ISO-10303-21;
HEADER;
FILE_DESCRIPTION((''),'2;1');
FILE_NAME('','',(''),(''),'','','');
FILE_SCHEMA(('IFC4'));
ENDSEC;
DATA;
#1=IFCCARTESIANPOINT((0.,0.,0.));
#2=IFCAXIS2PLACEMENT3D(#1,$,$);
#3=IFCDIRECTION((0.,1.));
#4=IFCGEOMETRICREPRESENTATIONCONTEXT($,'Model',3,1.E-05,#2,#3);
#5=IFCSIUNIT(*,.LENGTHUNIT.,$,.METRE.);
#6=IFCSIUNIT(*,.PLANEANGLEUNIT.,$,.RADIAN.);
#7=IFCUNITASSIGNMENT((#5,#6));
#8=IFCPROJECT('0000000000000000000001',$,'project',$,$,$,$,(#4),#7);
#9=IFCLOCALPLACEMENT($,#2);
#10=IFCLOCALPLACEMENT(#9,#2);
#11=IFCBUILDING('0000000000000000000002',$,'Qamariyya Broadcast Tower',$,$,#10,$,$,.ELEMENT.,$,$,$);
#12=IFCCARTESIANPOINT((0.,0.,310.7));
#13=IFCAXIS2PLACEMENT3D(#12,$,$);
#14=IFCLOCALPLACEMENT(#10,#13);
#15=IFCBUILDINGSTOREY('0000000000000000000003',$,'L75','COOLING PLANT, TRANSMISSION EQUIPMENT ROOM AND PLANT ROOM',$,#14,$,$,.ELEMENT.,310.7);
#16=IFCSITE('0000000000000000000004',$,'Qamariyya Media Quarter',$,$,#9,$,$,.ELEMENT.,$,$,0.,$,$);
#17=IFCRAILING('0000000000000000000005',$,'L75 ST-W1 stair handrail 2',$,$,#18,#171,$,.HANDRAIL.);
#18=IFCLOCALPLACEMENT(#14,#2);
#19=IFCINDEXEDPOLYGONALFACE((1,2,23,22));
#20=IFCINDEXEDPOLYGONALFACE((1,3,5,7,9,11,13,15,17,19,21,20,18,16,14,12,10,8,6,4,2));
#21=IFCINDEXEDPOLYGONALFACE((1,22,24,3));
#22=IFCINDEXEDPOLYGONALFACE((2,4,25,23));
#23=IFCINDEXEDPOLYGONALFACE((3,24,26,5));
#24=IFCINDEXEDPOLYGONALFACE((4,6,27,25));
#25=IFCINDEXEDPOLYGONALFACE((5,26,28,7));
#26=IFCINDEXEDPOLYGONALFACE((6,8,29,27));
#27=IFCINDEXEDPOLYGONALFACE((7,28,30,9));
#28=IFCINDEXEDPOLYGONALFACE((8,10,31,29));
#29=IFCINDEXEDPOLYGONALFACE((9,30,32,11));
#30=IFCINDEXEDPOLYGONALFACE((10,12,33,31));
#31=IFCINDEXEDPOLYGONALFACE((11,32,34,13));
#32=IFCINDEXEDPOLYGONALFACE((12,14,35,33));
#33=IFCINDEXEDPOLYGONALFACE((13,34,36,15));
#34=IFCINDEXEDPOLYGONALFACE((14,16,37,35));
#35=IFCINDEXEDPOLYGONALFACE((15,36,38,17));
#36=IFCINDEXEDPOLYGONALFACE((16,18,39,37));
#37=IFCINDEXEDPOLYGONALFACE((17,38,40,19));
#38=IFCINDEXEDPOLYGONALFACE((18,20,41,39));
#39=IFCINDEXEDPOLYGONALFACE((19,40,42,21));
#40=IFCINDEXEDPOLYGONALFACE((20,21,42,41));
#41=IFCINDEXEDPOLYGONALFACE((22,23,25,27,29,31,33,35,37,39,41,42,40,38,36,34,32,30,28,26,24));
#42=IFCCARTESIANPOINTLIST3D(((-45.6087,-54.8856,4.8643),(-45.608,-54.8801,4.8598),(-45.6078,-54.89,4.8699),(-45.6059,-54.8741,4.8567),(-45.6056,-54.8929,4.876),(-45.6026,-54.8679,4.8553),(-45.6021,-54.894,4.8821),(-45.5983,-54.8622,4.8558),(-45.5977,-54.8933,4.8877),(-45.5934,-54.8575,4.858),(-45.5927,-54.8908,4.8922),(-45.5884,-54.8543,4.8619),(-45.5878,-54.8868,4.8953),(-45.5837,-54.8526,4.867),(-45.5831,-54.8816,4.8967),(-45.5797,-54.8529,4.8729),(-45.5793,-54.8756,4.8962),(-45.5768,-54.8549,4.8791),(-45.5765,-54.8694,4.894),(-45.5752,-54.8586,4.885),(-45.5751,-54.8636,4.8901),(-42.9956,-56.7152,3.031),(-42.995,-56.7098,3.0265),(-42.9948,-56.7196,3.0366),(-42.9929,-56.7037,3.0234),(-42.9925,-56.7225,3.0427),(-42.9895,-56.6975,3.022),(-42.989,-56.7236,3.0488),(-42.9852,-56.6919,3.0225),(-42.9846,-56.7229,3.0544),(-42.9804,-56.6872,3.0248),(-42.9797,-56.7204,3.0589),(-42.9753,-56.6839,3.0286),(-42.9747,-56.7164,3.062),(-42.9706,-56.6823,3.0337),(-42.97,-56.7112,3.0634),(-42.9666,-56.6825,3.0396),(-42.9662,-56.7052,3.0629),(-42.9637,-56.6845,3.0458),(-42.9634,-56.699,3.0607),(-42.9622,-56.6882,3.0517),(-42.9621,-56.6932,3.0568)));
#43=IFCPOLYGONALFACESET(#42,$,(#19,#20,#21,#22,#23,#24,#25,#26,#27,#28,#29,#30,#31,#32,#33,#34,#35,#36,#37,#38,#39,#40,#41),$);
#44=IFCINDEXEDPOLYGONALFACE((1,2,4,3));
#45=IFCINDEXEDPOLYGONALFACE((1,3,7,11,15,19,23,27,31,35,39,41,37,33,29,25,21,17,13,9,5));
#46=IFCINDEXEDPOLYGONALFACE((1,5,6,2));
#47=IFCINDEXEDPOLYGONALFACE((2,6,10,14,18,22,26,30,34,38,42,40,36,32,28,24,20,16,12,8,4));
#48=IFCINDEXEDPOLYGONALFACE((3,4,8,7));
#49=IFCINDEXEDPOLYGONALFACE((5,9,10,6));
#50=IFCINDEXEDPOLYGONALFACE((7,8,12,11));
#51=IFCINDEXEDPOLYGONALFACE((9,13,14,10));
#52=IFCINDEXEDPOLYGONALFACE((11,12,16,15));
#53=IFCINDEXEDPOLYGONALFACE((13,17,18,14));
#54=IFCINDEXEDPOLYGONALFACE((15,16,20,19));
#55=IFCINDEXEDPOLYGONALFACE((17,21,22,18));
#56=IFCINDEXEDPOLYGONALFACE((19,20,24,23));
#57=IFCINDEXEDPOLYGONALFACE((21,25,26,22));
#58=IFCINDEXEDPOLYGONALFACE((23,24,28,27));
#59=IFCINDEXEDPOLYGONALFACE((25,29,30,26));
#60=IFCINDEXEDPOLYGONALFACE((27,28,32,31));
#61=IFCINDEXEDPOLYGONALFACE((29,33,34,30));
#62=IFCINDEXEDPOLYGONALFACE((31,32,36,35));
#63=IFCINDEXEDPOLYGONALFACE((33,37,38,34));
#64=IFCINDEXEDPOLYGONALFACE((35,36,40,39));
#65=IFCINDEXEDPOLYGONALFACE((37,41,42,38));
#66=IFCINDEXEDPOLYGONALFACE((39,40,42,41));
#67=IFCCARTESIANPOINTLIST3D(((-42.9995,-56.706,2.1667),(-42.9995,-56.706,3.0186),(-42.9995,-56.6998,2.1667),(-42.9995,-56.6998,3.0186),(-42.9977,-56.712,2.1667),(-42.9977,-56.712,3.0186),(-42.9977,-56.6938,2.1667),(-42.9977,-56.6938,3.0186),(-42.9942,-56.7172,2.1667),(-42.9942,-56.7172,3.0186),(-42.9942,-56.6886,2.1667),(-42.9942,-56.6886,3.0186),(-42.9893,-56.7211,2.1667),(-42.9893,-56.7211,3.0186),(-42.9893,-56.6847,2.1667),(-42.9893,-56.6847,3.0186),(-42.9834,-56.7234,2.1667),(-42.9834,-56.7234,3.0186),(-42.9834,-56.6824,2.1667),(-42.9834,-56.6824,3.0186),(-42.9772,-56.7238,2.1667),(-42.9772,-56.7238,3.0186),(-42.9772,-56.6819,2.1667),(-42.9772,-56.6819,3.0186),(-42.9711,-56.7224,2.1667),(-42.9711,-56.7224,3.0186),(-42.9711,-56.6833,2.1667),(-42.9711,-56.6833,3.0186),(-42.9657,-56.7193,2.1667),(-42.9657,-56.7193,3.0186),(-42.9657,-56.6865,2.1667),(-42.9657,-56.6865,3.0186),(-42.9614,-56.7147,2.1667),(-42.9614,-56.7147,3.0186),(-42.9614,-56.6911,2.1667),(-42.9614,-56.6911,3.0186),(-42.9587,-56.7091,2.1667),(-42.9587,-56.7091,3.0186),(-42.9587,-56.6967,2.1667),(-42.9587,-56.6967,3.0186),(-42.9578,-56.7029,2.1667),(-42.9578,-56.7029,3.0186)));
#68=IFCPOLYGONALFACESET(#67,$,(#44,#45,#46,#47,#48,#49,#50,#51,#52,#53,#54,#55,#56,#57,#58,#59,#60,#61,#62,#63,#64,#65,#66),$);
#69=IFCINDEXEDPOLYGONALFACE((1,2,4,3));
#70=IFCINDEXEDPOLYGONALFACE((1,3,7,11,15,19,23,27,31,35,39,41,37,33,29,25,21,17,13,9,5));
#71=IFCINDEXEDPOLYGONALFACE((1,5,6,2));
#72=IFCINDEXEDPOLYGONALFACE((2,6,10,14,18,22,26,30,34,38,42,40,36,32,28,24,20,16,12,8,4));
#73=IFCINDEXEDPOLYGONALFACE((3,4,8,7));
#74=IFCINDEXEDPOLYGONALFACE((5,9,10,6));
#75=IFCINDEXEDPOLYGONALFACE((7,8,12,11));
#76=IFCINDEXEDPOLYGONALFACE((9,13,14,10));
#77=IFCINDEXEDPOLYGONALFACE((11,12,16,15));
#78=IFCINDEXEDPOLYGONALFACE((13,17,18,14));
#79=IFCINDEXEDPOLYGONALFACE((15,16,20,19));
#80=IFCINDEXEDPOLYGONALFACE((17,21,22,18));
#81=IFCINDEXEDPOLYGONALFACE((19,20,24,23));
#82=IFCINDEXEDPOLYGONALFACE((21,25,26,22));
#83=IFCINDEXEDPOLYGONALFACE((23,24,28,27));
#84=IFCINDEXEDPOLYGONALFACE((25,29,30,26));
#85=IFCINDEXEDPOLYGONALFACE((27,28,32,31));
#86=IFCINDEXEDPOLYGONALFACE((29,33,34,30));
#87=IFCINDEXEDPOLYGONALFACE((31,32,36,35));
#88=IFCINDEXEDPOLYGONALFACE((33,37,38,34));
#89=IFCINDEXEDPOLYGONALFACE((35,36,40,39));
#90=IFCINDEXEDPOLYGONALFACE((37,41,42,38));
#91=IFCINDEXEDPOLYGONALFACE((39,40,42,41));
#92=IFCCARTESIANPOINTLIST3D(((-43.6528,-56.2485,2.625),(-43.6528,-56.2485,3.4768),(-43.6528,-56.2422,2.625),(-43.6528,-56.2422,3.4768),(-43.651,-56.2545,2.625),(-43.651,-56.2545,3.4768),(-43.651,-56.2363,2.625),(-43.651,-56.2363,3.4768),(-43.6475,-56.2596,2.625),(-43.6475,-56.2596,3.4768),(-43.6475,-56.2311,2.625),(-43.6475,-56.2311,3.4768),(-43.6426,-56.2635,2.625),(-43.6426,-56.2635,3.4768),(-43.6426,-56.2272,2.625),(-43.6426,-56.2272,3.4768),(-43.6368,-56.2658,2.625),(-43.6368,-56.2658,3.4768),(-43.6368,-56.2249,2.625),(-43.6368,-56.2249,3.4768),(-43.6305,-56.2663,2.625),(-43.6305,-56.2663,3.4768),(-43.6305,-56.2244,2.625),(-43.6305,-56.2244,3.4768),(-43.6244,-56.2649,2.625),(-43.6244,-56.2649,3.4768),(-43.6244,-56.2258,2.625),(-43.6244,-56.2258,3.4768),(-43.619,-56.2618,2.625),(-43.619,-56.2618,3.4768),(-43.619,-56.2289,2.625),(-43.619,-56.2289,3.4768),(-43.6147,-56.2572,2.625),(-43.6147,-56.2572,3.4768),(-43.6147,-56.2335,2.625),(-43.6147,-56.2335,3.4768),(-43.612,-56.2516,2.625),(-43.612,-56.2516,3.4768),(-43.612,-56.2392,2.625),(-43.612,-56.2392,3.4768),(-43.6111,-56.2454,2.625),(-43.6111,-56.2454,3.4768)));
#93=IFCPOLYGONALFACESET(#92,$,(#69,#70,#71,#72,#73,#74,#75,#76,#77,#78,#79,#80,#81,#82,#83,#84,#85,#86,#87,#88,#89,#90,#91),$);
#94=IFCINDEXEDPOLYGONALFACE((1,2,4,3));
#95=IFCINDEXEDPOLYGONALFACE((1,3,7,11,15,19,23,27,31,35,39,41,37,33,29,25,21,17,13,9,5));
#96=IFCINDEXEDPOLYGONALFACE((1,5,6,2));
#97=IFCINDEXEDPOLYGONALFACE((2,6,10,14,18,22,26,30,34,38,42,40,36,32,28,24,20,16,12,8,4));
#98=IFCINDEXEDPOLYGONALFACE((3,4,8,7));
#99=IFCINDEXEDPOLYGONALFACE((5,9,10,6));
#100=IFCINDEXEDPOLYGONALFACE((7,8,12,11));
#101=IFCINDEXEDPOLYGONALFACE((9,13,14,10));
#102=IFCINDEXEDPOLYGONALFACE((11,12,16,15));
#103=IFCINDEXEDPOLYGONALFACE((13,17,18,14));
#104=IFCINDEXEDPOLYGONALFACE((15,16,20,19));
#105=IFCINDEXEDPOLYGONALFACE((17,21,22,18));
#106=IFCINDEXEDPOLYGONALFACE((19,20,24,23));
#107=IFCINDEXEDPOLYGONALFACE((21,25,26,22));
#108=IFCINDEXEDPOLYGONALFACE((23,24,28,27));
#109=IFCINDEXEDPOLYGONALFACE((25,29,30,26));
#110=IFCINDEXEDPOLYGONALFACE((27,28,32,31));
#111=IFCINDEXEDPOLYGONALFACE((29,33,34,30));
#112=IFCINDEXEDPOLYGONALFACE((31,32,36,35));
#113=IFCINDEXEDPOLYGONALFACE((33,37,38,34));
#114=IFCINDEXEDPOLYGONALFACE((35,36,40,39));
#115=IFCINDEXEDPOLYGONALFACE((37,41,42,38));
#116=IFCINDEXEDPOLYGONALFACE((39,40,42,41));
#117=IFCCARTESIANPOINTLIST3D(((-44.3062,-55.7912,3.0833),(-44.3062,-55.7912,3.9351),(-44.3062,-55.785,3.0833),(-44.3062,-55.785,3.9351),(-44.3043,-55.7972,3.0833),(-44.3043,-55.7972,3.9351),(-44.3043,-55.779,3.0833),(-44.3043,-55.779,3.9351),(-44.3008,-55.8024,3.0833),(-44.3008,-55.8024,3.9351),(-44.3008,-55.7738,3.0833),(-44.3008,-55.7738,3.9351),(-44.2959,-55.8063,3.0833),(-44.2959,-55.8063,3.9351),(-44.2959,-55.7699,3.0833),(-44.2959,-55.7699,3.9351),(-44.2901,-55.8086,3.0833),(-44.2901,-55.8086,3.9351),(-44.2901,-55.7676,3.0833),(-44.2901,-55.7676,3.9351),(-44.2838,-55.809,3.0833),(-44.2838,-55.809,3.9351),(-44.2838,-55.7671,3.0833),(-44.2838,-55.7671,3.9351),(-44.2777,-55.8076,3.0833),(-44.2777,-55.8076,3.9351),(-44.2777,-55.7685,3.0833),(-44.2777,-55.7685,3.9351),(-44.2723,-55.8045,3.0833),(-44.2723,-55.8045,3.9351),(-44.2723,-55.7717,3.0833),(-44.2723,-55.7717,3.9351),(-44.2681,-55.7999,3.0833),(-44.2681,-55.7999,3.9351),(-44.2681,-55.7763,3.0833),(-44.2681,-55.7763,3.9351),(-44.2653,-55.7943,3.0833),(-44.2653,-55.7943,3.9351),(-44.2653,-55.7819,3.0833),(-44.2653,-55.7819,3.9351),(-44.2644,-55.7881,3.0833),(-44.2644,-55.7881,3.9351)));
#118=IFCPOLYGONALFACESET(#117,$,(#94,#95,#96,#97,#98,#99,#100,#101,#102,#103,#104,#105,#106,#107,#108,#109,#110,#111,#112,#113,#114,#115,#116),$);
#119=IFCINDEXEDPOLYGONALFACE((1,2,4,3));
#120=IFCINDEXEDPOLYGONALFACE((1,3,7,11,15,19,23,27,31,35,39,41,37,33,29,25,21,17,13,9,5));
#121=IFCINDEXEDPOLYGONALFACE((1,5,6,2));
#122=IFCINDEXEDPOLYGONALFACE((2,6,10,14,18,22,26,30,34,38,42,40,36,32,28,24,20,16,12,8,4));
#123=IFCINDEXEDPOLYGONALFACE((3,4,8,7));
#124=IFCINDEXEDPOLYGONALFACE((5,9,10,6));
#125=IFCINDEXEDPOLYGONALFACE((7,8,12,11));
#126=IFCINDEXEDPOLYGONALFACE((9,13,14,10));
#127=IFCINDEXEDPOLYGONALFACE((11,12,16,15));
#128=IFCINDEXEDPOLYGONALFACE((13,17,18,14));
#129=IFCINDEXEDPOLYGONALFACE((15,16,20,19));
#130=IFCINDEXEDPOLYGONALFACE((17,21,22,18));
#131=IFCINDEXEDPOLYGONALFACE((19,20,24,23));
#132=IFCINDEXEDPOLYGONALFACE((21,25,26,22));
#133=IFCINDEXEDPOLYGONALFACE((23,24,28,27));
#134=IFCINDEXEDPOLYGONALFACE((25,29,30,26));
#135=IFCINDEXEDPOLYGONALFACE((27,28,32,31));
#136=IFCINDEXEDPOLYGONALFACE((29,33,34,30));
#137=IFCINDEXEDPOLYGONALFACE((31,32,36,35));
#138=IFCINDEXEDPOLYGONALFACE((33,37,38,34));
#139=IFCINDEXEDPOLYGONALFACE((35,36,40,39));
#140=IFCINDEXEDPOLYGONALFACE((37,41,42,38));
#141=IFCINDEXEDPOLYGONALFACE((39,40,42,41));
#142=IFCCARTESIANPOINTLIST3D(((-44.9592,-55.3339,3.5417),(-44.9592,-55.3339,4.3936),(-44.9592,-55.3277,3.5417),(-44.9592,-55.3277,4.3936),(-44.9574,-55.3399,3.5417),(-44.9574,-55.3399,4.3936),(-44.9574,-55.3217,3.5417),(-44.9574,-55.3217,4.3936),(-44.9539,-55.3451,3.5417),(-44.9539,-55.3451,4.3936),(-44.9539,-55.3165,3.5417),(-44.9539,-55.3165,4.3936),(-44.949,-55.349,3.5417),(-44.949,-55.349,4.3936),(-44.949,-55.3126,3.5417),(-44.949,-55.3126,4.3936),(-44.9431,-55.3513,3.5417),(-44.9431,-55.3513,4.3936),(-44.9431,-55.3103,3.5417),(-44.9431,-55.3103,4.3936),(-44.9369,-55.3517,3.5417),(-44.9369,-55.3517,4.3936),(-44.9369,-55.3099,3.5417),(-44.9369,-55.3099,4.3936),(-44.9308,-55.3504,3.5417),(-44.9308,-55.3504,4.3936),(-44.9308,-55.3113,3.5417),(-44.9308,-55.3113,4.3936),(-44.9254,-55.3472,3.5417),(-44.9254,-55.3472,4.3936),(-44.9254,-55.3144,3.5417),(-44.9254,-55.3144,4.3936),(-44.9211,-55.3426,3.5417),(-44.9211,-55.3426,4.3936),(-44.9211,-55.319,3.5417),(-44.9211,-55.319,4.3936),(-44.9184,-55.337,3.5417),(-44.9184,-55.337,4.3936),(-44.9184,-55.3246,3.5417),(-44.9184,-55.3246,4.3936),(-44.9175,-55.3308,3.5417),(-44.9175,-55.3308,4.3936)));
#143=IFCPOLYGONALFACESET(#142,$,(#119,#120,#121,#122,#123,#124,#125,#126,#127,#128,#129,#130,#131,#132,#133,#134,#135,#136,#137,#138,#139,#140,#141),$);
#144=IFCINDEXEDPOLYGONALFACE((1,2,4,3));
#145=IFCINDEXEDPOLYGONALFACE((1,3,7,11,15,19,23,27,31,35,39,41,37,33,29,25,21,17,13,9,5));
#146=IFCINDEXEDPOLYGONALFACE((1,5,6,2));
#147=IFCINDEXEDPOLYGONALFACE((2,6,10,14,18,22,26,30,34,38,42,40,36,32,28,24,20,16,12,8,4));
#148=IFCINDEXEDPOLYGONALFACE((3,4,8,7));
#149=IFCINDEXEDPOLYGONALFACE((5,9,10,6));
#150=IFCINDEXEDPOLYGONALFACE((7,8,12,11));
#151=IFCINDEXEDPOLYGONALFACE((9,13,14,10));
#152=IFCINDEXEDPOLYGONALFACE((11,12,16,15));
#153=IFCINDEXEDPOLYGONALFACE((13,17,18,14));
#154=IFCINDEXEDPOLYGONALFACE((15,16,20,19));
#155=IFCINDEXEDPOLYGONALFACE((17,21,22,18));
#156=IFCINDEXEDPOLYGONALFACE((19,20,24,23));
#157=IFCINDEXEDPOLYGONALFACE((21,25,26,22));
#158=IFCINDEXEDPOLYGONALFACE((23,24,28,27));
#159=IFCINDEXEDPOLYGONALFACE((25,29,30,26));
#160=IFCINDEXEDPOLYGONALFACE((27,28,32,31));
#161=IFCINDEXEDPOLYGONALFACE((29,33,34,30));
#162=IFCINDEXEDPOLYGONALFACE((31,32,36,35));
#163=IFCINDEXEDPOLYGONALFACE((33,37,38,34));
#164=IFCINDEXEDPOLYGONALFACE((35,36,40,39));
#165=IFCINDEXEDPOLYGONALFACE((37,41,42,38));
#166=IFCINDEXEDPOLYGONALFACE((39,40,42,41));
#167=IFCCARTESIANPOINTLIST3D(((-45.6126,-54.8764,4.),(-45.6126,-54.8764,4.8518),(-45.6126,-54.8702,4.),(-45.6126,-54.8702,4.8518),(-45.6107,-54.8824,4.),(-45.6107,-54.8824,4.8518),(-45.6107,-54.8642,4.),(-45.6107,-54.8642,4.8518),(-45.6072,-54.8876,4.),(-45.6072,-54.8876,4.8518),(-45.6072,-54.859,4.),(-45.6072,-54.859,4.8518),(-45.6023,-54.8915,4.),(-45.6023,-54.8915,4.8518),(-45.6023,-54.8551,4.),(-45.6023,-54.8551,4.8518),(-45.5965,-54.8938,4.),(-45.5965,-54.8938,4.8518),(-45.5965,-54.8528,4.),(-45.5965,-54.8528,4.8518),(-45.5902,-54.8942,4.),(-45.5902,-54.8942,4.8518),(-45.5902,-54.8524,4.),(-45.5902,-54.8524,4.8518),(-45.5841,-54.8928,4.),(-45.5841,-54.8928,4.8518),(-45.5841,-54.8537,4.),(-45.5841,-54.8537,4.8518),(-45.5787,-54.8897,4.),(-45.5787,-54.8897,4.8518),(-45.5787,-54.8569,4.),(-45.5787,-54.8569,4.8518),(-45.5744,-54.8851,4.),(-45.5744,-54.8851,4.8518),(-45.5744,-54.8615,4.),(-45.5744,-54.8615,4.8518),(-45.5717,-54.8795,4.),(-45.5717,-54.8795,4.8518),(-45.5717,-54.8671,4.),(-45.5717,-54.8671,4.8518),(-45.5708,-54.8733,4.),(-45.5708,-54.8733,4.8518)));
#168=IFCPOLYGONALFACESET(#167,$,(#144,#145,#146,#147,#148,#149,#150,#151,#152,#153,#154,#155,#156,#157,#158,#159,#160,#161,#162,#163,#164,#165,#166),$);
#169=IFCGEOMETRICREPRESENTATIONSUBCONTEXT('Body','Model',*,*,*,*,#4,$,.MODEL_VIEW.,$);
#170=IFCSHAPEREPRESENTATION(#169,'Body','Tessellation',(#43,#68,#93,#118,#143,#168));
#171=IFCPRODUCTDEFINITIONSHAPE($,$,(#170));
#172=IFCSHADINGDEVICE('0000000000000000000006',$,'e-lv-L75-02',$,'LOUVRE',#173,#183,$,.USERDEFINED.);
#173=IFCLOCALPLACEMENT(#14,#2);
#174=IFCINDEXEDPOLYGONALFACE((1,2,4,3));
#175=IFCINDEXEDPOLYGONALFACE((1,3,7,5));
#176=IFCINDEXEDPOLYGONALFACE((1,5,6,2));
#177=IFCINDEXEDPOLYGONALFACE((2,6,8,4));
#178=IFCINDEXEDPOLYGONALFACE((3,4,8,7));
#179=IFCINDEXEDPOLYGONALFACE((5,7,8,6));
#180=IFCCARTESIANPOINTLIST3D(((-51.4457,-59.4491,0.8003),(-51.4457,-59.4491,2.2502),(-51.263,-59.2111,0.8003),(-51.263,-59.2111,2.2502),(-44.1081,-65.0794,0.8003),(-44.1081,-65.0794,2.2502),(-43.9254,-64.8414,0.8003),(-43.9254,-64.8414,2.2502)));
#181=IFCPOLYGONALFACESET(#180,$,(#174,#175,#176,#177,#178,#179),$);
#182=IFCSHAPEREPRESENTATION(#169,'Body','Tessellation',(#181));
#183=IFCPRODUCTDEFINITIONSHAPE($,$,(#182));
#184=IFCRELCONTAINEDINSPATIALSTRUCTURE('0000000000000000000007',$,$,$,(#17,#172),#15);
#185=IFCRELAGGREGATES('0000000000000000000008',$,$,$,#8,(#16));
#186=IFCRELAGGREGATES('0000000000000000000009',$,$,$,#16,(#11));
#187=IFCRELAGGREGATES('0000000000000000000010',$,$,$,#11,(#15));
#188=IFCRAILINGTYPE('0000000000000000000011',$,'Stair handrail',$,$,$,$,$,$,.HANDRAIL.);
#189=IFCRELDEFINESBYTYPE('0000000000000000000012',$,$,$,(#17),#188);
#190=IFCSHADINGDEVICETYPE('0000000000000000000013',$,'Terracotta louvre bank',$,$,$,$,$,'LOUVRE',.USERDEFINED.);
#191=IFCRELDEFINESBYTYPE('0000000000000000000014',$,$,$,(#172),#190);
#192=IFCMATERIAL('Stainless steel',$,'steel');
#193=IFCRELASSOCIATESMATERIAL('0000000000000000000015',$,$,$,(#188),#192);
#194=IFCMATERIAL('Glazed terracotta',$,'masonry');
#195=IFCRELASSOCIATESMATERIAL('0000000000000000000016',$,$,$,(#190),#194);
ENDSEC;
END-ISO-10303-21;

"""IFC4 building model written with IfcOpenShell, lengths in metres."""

from ifc_helpers import new_model, si_unit, direction, frame, origin, origin_2d, place, context, subcontext, project, spatial, rectangle, circle, extrude, material, type_object, element, save


model = new_model("IFC4")

# Units and contexts
model_context = context("Model", 3, precision=1e-05, world=origin(), true_north=direction((0.0, 1.0)))
body_context = subcontext(model_context, "Body", "Model", "MODEL_VIEW")
ifc_project = project(units=[si_unit("LENGTHUNIT", "METRE"), si_unit("PLANEANGLEUNIT", "RADIAN")], contexts=[model_context])

# Site, building, storey
site_placement = place(None, origin())
site = spatial("IfcSite", under=ifc_project, at=site_placement, Name="Qamariyya Media Quarter", CompositionType="ELEMENT", RefElevation=0.0)
building_placement = place(site_placement, origin())
building = spatial("IfcBuilding", under=site, at=building_placement, Name="Qamariyya Broadcast Tower", CompositionType="ELEMENT")
storey_placement = place(building_placement, frame((0.0, 0.0, 310.7)))
storey = spatial("IfcBuildingStorey", under=building, at=storey_placement, Name="L75", Description="COOLING PLANT, TRANSMISSION EQUIPMENT ROOM AND PLANT ROOM", CompositionType="ELEMENT", Elevation=310.7)

# Railing
ifc_material_1 = material(Name="Stainless steel", Category="steel")
railing_type_1 = type_object("IfcRailingType", Name="Stair handrail", PredefinedType="HANDRAIL", material=ifc_material_1)
railing_1_placement = place(storey_placement, frame((-42.9788, -56.7029, 2.1667)))
element("IfcRailing", 1, at=railing_1_placement, inside=storey, type_object=railing_type_1, Name="L75 ST-W1 stair handrail 2", PredefinedType="HANDRAIL", context=body_context, shape_type="SweptSolid", body=[
    extrude(circle(Radius=0.0239, at=origin_2d()), frame((0.0, 0.0, 0.876), z_axis=(-0.710228, 0.497285, 0.498281), x_axis=(-0.57356, -0.819164, 0.0)), (0.0, 0.0, 1.0), 3.6792),
    extrude(circle(Radius=0.021, at=origin_2d()), origin(), (0.0, 0.0, 1.0), 0.8518),
    extrude(circle(Radius=0.021, at=origin_2d()), frame((-0.6533, 0.4575, 0.4583)), (0.0, 0.0, 1.0), 0.8518),
    extrude(circle(Radius=0.021, at=origin_2d()), frame((-1.3066, 0.9148, 0.9165)), (0.0, 0.0, 1.0), 0.8518),
    extrude(circle(Radius=0.021, at=origin_2d()), frame((-1.9597, 1.3721, 1.375)), (0.0, 0.0, 1.0), 0.8518),
    extrude(circle(Radius=0.021, at=origin_2d()), frame((-2.613, 1.8296, 1.8333)), (0.0, 0.0, 1.0), 0.8518),
])

# Shading device
ifc_material_2 = material(Name="Glazed terracotta", Category="masonry")
shading_device_type = type_object("IfcShadingDeviceType", Name="Terracotta louvre bank", ElementType="LOUVRE", PredefinedType="USERDEFINED", material=ifc_material_2)
shading_device_placement = place(storey_placement, frame((-47.6855, -62.1453, 0.8003), z_axis=(0.0, 0.0, 1.0), x_axis=(0.793353, -0.608761, 0.0)))
element("IfcShadingDevice", 2, at=shading_device_placement, inside=storey, type_object=shading_device_type, Name="e-lv-L75-02", ObjectType="LOUVRE", PredefinedType="USERDEFINED", context=body_context, shape_type="SweptSolid", body=[
    extrude(rectangle(XDim=9.2488, YDim=0.3, at=origin_2d()), origin(), (0.0, 0.0, 1.0), 1.45),
])

save(model, "model.ifc")
